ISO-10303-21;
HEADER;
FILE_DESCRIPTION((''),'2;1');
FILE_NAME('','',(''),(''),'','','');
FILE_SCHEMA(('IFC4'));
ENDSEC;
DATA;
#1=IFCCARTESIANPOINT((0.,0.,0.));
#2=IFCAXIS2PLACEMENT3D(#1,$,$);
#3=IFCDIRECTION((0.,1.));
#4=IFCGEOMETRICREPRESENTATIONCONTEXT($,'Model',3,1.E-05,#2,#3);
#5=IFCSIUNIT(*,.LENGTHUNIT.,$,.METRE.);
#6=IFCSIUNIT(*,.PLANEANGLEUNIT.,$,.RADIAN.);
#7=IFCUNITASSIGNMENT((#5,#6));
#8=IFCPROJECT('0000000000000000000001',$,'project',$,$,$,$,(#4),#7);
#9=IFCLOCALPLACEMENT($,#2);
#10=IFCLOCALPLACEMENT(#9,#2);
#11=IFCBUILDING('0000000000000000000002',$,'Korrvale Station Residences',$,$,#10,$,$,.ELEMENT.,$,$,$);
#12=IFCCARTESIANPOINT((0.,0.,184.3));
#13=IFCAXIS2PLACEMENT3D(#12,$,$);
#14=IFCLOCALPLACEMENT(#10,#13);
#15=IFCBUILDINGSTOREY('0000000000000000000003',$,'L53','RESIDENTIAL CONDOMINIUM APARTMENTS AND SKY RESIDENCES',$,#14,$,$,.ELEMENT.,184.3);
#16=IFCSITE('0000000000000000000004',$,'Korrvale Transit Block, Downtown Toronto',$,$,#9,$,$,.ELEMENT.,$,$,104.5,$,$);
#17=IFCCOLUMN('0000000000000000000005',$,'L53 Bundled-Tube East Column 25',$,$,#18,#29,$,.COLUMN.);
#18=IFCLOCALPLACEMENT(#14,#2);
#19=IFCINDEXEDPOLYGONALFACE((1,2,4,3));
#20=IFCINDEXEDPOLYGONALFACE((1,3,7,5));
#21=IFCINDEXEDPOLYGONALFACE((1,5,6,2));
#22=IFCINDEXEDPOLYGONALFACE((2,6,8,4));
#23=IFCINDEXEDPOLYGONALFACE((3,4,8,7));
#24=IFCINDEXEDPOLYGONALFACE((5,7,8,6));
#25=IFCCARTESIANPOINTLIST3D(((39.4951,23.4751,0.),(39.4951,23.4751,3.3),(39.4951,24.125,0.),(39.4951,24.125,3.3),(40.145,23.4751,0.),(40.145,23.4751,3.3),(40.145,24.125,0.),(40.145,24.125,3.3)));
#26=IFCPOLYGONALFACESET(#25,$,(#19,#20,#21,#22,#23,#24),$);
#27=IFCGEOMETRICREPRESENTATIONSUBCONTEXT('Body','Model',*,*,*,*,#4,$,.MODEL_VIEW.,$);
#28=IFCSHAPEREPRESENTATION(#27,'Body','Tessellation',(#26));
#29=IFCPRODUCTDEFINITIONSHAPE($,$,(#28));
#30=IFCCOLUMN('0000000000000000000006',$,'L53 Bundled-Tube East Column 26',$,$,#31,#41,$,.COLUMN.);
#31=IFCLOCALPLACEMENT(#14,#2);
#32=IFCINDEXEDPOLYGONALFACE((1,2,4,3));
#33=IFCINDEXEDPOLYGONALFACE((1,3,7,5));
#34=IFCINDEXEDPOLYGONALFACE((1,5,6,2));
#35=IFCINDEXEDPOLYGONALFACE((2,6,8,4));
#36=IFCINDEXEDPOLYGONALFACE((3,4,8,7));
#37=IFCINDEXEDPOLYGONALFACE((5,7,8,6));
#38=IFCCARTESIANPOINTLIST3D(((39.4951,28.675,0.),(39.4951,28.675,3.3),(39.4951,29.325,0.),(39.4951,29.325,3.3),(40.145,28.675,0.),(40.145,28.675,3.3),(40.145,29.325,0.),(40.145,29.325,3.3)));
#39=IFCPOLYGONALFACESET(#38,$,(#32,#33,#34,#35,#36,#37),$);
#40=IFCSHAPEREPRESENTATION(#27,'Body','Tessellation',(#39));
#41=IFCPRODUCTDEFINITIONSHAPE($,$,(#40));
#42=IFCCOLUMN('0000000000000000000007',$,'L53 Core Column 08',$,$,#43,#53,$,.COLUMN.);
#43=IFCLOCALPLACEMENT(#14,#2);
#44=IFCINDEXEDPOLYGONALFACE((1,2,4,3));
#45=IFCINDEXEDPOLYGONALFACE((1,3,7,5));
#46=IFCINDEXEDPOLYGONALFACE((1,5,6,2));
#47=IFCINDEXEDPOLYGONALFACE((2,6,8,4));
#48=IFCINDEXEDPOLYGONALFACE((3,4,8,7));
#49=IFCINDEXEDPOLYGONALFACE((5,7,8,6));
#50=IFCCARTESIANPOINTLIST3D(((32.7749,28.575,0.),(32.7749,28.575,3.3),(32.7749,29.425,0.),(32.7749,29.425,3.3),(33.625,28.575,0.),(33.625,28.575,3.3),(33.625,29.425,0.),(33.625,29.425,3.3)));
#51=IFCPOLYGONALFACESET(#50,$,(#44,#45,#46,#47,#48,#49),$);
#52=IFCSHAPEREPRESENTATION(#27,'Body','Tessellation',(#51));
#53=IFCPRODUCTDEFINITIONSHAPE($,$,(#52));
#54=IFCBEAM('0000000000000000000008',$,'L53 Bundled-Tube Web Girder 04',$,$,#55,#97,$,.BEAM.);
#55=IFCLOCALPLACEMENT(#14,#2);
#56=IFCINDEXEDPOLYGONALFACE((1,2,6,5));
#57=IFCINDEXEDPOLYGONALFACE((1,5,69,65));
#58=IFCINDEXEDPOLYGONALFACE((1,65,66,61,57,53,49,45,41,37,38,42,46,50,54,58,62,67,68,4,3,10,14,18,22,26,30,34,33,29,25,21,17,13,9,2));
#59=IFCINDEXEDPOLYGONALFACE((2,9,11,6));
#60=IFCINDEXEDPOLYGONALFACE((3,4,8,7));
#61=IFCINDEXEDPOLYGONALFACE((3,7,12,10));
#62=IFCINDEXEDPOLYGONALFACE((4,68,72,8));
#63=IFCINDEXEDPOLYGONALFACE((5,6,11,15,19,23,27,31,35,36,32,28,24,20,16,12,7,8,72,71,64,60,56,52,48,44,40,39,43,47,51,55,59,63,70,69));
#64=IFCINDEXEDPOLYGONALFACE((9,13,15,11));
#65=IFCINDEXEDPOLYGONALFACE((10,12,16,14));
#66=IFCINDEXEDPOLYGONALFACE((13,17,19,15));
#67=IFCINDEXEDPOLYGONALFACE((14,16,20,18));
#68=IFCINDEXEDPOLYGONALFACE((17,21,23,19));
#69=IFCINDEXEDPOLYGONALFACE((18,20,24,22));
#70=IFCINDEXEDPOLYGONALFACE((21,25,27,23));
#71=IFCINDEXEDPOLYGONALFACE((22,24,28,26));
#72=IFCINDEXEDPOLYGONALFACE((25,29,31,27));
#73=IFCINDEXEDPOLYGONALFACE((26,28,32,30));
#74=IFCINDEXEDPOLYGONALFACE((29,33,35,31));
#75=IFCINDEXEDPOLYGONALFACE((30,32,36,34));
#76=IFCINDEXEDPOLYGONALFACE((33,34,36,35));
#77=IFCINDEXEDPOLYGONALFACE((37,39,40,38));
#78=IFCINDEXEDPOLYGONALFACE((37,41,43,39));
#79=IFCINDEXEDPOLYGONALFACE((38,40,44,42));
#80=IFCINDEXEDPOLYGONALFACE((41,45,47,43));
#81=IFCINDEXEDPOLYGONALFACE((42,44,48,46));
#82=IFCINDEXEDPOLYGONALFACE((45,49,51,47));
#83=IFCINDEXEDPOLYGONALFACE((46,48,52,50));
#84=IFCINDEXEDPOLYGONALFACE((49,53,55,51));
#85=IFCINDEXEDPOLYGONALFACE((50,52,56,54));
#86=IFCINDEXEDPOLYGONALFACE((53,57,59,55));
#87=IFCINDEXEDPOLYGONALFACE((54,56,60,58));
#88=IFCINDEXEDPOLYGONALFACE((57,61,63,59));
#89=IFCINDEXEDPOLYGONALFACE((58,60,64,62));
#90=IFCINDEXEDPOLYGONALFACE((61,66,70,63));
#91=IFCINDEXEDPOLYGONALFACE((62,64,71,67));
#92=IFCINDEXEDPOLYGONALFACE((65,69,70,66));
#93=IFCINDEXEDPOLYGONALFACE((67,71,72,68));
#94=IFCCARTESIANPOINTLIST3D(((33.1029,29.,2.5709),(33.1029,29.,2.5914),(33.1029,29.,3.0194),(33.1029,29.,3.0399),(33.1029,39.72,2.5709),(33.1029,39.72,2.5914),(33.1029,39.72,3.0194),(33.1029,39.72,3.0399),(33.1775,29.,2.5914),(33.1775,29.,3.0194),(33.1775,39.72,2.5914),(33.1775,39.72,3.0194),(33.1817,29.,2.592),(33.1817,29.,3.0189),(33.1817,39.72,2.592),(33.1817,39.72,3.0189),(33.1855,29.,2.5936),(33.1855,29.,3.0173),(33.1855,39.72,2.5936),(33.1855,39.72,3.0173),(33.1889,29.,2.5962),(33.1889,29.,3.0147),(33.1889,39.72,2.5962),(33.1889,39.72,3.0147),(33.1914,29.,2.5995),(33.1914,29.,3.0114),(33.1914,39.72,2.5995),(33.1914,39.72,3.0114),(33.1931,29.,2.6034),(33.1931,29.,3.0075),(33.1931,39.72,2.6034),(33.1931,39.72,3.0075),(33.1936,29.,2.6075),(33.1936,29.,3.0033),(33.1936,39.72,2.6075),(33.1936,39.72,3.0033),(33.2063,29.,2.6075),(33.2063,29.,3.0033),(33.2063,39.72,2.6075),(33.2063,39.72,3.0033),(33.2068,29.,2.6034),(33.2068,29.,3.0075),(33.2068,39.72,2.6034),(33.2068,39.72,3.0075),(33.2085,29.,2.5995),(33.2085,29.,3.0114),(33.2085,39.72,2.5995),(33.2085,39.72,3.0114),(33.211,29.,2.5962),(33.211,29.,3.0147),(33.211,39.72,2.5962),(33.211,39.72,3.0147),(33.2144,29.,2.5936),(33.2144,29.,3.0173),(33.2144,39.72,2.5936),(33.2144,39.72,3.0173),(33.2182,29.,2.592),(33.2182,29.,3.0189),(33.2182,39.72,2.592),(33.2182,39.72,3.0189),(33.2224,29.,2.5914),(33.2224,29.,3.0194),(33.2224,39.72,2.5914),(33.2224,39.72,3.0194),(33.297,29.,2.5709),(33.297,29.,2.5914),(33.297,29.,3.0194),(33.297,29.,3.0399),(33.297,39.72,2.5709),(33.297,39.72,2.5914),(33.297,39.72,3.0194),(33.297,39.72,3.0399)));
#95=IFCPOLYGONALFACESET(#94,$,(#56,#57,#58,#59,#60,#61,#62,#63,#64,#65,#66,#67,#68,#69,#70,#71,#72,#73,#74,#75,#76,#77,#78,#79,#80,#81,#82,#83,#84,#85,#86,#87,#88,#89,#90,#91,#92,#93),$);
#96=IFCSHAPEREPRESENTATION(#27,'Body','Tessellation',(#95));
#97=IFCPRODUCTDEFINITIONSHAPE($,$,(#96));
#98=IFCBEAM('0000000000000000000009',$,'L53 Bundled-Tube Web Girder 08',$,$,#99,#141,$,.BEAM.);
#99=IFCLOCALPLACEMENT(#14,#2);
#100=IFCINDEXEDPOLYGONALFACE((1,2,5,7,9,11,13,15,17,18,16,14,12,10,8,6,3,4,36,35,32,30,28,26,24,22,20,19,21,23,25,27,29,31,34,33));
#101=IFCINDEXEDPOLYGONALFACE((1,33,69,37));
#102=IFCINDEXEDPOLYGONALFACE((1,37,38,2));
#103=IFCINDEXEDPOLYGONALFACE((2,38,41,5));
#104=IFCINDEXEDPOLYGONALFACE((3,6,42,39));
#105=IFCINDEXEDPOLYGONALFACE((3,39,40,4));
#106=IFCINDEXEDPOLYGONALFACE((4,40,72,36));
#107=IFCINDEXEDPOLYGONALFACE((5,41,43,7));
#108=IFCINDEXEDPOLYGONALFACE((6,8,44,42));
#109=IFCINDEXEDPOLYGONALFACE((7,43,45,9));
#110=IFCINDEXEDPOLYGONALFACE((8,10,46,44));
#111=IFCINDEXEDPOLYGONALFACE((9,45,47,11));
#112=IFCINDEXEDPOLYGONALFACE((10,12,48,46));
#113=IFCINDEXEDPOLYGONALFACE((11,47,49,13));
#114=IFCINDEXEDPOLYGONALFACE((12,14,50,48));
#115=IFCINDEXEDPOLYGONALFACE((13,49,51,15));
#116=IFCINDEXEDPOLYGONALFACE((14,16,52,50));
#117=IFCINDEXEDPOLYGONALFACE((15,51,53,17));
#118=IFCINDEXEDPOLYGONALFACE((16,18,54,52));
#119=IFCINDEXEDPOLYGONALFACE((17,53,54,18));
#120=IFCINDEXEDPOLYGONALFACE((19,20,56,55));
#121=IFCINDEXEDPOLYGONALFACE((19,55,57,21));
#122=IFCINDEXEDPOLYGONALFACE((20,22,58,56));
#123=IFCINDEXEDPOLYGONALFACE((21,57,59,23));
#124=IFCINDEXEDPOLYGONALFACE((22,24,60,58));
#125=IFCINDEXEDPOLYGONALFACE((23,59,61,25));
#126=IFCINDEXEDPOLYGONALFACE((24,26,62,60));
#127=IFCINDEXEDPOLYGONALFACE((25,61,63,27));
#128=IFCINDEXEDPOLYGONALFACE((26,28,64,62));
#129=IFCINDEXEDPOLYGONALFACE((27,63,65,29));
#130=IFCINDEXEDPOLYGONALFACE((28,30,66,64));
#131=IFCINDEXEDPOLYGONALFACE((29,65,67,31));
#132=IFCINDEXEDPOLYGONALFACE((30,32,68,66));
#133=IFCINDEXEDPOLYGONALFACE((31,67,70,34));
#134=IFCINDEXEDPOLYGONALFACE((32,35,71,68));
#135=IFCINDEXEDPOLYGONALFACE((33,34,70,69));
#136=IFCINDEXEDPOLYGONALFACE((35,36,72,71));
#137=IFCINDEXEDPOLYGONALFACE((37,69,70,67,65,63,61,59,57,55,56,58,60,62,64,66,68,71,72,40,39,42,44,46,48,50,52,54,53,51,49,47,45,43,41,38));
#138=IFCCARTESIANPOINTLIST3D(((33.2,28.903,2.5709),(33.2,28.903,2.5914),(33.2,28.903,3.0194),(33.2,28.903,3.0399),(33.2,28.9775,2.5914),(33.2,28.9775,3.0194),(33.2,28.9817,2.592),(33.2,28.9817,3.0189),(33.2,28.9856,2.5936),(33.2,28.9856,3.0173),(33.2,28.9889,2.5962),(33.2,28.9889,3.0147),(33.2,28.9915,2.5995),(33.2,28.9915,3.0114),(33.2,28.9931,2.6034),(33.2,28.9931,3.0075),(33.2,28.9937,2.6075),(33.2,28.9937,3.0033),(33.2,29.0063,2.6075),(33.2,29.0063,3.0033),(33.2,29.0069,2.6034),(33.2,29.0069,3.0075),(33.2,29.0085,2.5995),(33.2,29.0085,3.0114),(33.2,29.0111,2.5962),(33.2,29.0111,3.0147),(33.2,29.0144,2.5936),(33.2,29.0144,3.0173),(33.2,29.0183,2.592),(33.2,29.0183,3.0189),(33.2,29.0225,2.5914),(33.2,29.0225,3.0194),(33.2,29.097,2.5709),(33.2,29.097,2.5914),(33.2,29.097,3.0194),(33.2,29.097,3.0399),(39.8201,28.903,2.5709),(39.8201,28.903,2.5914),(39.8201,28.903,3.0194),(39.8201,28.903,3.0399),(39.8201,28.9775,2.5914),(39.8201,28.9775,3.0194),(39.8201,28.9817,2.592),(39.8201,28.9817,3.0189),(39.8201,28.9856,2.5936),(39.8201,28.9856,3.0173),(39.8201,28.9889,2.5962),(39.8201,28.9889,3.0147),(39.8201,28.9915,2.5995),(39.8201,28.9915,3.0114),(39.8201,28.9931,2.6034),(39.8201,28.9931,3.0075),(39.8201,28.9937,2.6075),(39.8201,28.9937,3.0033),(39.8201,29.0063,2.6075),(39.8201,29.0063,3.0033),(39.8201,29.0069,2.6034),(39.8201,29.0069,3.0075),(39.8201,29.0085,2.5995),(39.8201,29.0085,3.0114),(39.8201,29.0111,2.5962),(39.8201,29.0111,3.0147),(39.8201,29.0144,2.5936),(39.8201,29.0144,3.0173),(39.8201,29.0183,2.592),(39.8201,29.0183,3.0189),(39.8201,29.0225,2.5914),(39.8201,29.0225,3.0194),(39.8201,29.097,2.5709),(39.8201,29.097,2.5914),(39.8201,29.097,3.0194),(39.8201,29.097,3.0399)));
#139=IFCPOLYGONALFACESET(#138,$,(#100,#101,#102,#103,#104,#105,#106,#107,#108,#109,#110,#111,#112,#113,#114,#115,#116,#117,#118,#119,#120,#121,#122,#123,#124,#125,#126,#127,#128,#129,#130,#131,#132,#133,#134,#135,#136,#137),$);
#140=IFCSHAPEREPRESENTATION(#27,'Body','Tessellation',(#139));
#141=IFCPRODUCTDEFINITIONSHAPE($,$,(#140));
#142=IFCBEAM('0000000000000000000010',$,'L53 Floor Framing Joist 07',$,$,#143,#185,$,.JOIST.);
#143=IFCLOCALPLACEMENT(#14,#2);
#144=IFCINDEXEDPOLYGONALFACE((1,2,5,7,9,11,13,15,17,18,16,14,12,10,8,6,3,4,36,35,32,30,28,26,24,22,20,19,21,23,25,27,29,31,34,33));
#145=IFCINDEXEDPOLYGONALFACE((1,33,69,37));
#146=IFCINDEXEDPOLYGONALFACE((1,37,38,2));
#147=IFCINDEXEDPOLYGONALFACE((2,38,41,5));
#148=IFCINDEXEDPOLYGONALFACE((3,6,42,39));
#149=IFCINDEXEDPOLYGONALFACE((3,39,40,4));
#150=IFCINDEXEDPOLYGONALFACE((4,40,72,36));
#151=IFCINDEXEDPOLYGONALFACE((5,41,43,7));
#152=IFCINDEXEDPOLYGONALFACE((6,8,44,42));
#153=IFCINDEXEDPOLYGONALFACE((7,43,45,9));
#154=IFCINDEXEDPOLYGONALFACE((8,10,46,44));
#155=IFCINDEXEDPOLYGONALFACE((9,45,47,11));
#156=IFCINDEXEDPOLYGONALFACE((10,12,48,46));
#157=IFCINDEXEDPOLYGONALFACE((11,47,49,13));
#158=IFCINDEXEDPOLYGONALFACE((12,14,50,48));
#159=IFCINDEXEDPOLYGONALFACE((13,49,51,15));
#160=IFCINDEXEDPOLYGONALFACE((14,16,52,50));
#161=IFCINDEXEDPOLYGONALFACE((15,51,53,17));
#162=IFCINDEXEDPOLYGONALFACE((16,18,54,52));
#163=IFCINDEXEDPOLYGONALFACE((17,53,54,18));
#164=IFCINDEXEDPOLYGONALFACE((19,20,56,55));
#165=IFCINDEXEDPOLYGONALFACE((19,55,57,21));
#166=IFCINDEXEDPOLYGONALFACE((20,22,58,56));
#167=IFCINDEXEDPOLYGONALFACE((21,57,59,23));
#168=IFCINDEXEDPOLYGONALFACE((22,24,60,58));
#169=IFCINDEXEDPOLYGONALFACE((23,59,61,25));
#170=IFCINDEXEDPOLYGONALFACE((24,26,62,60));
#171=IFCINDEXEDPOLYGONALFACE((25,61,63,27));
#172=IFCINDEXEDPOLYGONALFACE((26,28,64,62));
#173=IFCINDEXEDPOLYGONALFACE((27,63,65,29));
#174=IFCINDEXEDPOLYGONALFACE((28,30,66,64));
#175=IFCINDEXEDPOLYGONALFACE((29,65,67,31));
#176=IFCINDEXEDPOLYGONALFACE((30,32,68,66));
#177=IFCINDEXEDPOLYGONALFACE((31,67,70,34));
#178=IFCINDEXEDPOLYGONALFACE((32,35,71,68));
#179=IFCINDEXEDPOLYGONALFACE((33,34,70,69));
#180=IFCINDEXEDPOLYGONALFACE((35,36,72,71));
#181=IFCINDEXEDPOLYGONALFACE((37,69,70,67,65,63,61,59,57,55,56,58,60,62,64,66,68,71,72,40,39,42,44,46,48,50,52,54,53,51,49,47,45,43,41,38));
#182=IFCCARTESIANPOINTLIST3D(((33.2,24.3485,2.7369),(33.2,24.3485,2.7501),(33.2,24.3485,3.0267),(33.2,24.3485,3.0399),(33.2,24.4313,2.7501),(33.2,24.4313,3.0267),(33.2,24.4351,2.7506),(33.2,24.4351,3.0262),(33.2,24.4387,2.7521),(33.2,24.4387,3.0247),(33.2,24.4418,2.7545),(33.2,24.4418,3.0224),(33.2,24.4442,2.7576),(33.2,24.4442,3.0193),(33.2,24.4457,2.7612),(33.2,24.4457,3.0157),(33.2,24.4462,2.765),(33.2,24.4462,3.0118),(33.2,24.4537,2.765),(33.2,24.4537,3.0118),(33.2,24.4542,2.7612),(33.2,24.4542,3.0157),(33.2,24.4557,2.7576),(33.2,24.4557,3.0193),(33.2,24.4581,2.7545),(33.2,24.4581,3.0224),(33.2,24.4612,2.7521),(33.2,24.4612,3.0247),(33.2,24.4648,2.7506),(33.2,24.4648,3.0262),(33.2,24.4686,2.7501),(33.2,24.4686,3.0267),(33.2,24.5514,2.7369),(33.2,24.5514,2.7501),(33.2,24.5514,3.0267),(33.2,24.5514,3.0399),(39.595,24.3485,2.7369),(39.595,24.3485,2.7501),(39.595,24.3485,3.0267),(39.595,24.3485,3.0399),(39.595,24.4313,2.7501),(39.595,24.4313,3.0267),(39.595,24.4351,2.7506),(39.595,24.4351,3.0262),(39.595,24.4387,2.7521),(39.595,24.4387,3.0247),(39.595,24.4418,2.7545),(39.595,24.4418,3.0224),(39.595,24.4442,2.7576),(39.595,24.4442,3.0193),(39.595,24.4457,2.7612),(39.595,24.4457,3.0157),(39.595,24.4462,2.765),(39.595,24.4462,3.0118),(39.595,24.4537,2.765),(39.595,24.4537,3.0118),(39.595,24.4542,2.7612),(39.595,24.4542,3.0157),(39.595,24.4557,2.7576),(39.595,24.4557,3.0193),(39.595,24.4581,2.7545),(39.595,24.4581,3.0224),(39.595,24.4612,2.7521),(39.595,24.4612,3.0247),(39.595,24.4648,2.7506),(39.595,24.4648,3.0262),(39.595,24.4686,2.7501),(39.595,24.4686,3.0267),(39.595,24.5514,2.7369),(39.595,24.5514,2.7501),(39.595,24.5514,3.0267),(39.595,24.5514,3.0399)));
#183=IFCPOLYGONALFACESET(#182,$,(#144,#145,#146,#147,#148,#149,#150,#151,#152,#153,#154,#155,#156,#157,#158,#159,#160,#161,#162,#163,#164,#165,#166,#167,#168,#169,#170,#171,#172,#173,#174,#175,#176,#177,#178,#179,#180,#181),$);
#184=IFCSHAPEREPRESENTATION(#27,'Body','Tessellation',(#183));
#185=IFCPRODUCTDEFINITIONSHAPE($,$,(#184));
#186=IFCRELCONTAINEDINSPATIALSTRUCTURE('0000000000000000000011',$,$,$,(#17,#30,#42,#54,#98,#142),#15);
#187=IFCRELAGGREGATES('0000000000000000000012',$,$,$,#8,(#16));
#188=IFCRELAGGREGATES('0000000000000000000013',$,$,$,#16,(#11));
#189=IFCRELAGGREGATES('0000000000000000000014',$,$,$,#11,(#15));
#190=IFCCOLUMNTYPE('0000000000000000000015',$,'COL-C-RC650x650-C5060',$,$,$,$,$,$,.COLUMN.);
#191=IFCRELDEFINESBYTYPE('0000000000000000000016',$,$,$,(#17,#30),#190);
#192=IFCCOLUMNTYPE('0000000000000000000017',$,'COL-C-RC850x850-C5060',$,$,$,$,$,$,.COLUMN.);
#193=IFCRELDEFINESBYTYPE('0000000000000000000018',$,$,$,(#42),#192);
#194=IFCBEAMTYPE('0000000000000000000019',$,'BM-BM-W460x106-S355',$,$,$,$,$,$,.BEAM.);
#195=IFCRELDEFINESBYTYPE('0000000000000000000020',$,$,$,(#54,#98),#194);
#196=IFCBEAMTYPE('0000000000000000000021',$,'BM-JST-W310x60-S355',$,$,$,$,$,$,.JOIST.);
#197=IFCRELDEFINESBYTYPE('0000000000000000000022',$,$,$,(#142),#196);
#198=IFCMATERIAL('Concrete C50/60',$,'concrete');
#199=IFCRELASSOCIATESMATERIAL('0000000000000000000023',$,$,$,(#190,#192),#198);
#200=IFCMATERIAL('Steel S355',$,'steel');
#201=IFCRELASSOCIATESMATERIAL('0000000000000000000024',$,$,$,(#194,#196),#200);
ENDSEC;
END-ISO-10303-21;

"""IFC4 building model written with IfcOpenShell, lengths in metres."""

from ifc_helpers import new_model, si_unit, direction, frame, origin, origin_2d, place, context, subcontext, project, spatial, rectangle, i_section, extrude, material, material_profile, profile_set, type_object, element, save


model = new_model("IFC4")

# Units and contexts
model_context = context("Model", 3, precision=1e-05, world=origin(), true_north=direction((0.0, 1.0)))
body_context = subcontext(model_context, "Body", "Model", "MODEL_VIEW")
ifc_project = project(units=[si_unit("LENGTHUNIT", "METRE"), si_unit("PLANEANGLEUNIT", "RADIAN")], contexts=[model_context])

# Site, building, storey
site_placement = place(None, origin())
site = spatial("IfcSite", under=ifc_project, at=site_placement, Name="Korrvale Transit Block, Downtown Toronto", CompositionType="ELEMENT", RefElevation=104.5)
building_placement = place(site_placement, origin())
building = spatial("IfcBuilding", under=site, at=building_placement, Name="Korrvale Station Residences", CompositionType="ELEMENT")
storey_placement = place(building_placement, frame((0.0, 0.0, 184.3)))
storey = spatial("IfcBuildingStorey", under=building, at=storey_placement, Name="L53", Description="RESIDENTIAL CONDOMINIUM APARTMENTS AND SKY RESIDENCES", CompositionType="ELEMENT", Elevation=184.3)

# Columns
ifc_material_1 = material(Name="Concrete C50/60", Category="concrete")
ifc_material_profile_1 = material_profile(ifc_material_1, rectangle(XDim=0.6499, YDim=0.6499, at=origin_2d()), Name="RC650x650")
ifc_profile_set_1 = profile_set([ifc_material_profile_1], Name="Concrete C50/60")
column_type_1 = type_object("IfcColumnType", Name="COL-C-RC650x650-C5060", PredefinedType="COLUMN", material=ifc_profile_set_1)
for number, where, z_axis, x_axis, name in (
    (1, (39.8201, 23.8, 0.0), (0.0, 0.0, 1.0), (1.0, 0.0, 0.0), "L53 Bundled-Tube East Column 25"),
    (2, (39.8201, 29.0, 0.0), (0.0, 0.0, 1.0), (1.0, 0.0, 0.0), "L53 Bundled-Tube East Column 26"),
):
    element("IfcColumn", number, at=place(storey_placement, frame(where, z_axis=z_axis, x_axis=x_axis)), inside=storey, type_object=column_type_1, Name=name, PredefinedType="COLUMN", context=body_context, shape_type="SweptSolid", body=[
        extrude(rectangle(XDim=0.6499, YDim=0.6499, at=origin_2d()), origin(), (0.0, 0.0, 1.0), 3.3),
    ])
ifc_material_profile_2 = material_profile(ifc_material_1, rectangle(XDim=0.8501, YDim=0.8501, at=origin_2d()), Name="RC850x850")
ifc_profile_set_2 = profile_set([ifc_material_profile_2], Name="Concrete C50/60")
column_type_2 = type_object("IfcColumnType", Name="COL-C-RC850x850-C5060", PredefinedType="COLUMN", material=ifc_profile_set_2)
column_placement = place(storey_placement, frame((33.2, 29.0, 0.0), z_axis=(0.0, 0.0, 1.0), x_axis=(1.0, 0.0, 0.0)))
element("IfcColumn", 3, at=column_placement, inside=storey, type_object=column_type_2, Name="L53 Core Column 08", PredefinedType="COLUMN", context=body_context, shape_type="SweptSolid", body=[
    extrude(rectangle(XDim=0.8501, YDim=0.8501, at=origin_2d()), origin(), (0.0, 0.0, 1.0), 3.3),
])

# Beams
ifc_material_2 = material(Name="Steel S355", Category="steel")
ifc_material_profile_3 = material_profile(ifc_material_2, i_section(OverallWidth=0.1941, OverallDepth=0.469, WebThickness=0.0127, FlangeThickness=0.0205, FilletRadius=0.0161, at=origin_2d()), Name="W460x106")
ifc_profile_set_3 = profile_set([ifc_material_profile_3], Name="Steel S355")
beam_type_1 = type_object("IfcBeamType", Name="BM-BM-W460x106-S355", PredefinedType="BEAM", material=ifc_profile_set_3)
beam_1_placement = place(storey_placement, frame((33.2, 29.0, 2.8054), z_axis=(0.0, 1.0, 0.0), x_axis=(-1.0, 0.0, 0.0)))
element("IfcBeam", 4, at=beam_1_placement, inside=storey, type_object=beam_type_1, Name="L53 Bundled-Tube Web Girder 04", PredefinedType="BEAM", context=body_context, shape_type="SweptSolid", body=[
    extrude(i_section(OverallWidth=0.1941, OverallDepth=0.469, WebThickness=0.0127, FlangeThickness=0.0205, FilletRadius=0.0161, at=origin_2d()), origin(), (0.0, 0.0, 1.0), 10.72),
])
beam_2_placement = place(storey_placement, frame((33.2, 29.0, 2.8054), z_axis=(1.0, 0.0, 0.0), x_axis=(0.0, 1.0, 0.0)))
element("IfcBeam", 5, at=beam_2_placement, inside=storey, type_object=beam_type_1, Name="L53 Bundled-Tube Web Girder 08", PredefinedType="BEAM", context=body_context, shape_type="SweptSolid", body=[
    extrude(i_section(OverallWidth=0.1941, OverallDepth=0.469, WebThickness=0.0127, FlangeThickness=0.0205, FilletRadius=0.0161, at=origin_2d()), origin(), (0.0, 0.0, 1.0), 6.6201),
])
ifc_material_profile_4 = material_profile(ifc_material_2, i_section(OverallWidth=0.2029, OverallDepth=0.303, WebThickness=0.0076, FlangeThickness=0.0132, FilletRadius=0.0149, at=origin_2d()), Name="W310x60")
ifc_profile_set_4 = profile_set([ifc_material_profile_4], Name="Steel S355")
beam_type_2 = type_object("IfcBeamType", Name="BM-JST-W310x60-S355", PredefinedType="JOIST", material=ifc_profile_set_4)
beam_3_placement = place(storey_placement, frame((33.2, 24.45, 2.8884), z_axis=(1.0, 0.0, 0.0), x_axis=(0.0, 1.0, 0.0)))
element("IfcBeam", 6, at=beam_3_placement, inside=storey, type_object=beam_type_2, Name="L53 Floor Framing Joist 07", PredefinedType="JOIST", context=body_context, shape_type="SweptSolid", body=[
    extrude(i_section(OverallWidth=0.2029, OverallDepth=0.303, WebThickness=0.0076, FlangeThickness=0.0132, FilletRadius=0.0149, at=origin_2d()), origin(), (0.0, 0.0, 1.0), 6.395),
])

save(model, "model.ifc")
